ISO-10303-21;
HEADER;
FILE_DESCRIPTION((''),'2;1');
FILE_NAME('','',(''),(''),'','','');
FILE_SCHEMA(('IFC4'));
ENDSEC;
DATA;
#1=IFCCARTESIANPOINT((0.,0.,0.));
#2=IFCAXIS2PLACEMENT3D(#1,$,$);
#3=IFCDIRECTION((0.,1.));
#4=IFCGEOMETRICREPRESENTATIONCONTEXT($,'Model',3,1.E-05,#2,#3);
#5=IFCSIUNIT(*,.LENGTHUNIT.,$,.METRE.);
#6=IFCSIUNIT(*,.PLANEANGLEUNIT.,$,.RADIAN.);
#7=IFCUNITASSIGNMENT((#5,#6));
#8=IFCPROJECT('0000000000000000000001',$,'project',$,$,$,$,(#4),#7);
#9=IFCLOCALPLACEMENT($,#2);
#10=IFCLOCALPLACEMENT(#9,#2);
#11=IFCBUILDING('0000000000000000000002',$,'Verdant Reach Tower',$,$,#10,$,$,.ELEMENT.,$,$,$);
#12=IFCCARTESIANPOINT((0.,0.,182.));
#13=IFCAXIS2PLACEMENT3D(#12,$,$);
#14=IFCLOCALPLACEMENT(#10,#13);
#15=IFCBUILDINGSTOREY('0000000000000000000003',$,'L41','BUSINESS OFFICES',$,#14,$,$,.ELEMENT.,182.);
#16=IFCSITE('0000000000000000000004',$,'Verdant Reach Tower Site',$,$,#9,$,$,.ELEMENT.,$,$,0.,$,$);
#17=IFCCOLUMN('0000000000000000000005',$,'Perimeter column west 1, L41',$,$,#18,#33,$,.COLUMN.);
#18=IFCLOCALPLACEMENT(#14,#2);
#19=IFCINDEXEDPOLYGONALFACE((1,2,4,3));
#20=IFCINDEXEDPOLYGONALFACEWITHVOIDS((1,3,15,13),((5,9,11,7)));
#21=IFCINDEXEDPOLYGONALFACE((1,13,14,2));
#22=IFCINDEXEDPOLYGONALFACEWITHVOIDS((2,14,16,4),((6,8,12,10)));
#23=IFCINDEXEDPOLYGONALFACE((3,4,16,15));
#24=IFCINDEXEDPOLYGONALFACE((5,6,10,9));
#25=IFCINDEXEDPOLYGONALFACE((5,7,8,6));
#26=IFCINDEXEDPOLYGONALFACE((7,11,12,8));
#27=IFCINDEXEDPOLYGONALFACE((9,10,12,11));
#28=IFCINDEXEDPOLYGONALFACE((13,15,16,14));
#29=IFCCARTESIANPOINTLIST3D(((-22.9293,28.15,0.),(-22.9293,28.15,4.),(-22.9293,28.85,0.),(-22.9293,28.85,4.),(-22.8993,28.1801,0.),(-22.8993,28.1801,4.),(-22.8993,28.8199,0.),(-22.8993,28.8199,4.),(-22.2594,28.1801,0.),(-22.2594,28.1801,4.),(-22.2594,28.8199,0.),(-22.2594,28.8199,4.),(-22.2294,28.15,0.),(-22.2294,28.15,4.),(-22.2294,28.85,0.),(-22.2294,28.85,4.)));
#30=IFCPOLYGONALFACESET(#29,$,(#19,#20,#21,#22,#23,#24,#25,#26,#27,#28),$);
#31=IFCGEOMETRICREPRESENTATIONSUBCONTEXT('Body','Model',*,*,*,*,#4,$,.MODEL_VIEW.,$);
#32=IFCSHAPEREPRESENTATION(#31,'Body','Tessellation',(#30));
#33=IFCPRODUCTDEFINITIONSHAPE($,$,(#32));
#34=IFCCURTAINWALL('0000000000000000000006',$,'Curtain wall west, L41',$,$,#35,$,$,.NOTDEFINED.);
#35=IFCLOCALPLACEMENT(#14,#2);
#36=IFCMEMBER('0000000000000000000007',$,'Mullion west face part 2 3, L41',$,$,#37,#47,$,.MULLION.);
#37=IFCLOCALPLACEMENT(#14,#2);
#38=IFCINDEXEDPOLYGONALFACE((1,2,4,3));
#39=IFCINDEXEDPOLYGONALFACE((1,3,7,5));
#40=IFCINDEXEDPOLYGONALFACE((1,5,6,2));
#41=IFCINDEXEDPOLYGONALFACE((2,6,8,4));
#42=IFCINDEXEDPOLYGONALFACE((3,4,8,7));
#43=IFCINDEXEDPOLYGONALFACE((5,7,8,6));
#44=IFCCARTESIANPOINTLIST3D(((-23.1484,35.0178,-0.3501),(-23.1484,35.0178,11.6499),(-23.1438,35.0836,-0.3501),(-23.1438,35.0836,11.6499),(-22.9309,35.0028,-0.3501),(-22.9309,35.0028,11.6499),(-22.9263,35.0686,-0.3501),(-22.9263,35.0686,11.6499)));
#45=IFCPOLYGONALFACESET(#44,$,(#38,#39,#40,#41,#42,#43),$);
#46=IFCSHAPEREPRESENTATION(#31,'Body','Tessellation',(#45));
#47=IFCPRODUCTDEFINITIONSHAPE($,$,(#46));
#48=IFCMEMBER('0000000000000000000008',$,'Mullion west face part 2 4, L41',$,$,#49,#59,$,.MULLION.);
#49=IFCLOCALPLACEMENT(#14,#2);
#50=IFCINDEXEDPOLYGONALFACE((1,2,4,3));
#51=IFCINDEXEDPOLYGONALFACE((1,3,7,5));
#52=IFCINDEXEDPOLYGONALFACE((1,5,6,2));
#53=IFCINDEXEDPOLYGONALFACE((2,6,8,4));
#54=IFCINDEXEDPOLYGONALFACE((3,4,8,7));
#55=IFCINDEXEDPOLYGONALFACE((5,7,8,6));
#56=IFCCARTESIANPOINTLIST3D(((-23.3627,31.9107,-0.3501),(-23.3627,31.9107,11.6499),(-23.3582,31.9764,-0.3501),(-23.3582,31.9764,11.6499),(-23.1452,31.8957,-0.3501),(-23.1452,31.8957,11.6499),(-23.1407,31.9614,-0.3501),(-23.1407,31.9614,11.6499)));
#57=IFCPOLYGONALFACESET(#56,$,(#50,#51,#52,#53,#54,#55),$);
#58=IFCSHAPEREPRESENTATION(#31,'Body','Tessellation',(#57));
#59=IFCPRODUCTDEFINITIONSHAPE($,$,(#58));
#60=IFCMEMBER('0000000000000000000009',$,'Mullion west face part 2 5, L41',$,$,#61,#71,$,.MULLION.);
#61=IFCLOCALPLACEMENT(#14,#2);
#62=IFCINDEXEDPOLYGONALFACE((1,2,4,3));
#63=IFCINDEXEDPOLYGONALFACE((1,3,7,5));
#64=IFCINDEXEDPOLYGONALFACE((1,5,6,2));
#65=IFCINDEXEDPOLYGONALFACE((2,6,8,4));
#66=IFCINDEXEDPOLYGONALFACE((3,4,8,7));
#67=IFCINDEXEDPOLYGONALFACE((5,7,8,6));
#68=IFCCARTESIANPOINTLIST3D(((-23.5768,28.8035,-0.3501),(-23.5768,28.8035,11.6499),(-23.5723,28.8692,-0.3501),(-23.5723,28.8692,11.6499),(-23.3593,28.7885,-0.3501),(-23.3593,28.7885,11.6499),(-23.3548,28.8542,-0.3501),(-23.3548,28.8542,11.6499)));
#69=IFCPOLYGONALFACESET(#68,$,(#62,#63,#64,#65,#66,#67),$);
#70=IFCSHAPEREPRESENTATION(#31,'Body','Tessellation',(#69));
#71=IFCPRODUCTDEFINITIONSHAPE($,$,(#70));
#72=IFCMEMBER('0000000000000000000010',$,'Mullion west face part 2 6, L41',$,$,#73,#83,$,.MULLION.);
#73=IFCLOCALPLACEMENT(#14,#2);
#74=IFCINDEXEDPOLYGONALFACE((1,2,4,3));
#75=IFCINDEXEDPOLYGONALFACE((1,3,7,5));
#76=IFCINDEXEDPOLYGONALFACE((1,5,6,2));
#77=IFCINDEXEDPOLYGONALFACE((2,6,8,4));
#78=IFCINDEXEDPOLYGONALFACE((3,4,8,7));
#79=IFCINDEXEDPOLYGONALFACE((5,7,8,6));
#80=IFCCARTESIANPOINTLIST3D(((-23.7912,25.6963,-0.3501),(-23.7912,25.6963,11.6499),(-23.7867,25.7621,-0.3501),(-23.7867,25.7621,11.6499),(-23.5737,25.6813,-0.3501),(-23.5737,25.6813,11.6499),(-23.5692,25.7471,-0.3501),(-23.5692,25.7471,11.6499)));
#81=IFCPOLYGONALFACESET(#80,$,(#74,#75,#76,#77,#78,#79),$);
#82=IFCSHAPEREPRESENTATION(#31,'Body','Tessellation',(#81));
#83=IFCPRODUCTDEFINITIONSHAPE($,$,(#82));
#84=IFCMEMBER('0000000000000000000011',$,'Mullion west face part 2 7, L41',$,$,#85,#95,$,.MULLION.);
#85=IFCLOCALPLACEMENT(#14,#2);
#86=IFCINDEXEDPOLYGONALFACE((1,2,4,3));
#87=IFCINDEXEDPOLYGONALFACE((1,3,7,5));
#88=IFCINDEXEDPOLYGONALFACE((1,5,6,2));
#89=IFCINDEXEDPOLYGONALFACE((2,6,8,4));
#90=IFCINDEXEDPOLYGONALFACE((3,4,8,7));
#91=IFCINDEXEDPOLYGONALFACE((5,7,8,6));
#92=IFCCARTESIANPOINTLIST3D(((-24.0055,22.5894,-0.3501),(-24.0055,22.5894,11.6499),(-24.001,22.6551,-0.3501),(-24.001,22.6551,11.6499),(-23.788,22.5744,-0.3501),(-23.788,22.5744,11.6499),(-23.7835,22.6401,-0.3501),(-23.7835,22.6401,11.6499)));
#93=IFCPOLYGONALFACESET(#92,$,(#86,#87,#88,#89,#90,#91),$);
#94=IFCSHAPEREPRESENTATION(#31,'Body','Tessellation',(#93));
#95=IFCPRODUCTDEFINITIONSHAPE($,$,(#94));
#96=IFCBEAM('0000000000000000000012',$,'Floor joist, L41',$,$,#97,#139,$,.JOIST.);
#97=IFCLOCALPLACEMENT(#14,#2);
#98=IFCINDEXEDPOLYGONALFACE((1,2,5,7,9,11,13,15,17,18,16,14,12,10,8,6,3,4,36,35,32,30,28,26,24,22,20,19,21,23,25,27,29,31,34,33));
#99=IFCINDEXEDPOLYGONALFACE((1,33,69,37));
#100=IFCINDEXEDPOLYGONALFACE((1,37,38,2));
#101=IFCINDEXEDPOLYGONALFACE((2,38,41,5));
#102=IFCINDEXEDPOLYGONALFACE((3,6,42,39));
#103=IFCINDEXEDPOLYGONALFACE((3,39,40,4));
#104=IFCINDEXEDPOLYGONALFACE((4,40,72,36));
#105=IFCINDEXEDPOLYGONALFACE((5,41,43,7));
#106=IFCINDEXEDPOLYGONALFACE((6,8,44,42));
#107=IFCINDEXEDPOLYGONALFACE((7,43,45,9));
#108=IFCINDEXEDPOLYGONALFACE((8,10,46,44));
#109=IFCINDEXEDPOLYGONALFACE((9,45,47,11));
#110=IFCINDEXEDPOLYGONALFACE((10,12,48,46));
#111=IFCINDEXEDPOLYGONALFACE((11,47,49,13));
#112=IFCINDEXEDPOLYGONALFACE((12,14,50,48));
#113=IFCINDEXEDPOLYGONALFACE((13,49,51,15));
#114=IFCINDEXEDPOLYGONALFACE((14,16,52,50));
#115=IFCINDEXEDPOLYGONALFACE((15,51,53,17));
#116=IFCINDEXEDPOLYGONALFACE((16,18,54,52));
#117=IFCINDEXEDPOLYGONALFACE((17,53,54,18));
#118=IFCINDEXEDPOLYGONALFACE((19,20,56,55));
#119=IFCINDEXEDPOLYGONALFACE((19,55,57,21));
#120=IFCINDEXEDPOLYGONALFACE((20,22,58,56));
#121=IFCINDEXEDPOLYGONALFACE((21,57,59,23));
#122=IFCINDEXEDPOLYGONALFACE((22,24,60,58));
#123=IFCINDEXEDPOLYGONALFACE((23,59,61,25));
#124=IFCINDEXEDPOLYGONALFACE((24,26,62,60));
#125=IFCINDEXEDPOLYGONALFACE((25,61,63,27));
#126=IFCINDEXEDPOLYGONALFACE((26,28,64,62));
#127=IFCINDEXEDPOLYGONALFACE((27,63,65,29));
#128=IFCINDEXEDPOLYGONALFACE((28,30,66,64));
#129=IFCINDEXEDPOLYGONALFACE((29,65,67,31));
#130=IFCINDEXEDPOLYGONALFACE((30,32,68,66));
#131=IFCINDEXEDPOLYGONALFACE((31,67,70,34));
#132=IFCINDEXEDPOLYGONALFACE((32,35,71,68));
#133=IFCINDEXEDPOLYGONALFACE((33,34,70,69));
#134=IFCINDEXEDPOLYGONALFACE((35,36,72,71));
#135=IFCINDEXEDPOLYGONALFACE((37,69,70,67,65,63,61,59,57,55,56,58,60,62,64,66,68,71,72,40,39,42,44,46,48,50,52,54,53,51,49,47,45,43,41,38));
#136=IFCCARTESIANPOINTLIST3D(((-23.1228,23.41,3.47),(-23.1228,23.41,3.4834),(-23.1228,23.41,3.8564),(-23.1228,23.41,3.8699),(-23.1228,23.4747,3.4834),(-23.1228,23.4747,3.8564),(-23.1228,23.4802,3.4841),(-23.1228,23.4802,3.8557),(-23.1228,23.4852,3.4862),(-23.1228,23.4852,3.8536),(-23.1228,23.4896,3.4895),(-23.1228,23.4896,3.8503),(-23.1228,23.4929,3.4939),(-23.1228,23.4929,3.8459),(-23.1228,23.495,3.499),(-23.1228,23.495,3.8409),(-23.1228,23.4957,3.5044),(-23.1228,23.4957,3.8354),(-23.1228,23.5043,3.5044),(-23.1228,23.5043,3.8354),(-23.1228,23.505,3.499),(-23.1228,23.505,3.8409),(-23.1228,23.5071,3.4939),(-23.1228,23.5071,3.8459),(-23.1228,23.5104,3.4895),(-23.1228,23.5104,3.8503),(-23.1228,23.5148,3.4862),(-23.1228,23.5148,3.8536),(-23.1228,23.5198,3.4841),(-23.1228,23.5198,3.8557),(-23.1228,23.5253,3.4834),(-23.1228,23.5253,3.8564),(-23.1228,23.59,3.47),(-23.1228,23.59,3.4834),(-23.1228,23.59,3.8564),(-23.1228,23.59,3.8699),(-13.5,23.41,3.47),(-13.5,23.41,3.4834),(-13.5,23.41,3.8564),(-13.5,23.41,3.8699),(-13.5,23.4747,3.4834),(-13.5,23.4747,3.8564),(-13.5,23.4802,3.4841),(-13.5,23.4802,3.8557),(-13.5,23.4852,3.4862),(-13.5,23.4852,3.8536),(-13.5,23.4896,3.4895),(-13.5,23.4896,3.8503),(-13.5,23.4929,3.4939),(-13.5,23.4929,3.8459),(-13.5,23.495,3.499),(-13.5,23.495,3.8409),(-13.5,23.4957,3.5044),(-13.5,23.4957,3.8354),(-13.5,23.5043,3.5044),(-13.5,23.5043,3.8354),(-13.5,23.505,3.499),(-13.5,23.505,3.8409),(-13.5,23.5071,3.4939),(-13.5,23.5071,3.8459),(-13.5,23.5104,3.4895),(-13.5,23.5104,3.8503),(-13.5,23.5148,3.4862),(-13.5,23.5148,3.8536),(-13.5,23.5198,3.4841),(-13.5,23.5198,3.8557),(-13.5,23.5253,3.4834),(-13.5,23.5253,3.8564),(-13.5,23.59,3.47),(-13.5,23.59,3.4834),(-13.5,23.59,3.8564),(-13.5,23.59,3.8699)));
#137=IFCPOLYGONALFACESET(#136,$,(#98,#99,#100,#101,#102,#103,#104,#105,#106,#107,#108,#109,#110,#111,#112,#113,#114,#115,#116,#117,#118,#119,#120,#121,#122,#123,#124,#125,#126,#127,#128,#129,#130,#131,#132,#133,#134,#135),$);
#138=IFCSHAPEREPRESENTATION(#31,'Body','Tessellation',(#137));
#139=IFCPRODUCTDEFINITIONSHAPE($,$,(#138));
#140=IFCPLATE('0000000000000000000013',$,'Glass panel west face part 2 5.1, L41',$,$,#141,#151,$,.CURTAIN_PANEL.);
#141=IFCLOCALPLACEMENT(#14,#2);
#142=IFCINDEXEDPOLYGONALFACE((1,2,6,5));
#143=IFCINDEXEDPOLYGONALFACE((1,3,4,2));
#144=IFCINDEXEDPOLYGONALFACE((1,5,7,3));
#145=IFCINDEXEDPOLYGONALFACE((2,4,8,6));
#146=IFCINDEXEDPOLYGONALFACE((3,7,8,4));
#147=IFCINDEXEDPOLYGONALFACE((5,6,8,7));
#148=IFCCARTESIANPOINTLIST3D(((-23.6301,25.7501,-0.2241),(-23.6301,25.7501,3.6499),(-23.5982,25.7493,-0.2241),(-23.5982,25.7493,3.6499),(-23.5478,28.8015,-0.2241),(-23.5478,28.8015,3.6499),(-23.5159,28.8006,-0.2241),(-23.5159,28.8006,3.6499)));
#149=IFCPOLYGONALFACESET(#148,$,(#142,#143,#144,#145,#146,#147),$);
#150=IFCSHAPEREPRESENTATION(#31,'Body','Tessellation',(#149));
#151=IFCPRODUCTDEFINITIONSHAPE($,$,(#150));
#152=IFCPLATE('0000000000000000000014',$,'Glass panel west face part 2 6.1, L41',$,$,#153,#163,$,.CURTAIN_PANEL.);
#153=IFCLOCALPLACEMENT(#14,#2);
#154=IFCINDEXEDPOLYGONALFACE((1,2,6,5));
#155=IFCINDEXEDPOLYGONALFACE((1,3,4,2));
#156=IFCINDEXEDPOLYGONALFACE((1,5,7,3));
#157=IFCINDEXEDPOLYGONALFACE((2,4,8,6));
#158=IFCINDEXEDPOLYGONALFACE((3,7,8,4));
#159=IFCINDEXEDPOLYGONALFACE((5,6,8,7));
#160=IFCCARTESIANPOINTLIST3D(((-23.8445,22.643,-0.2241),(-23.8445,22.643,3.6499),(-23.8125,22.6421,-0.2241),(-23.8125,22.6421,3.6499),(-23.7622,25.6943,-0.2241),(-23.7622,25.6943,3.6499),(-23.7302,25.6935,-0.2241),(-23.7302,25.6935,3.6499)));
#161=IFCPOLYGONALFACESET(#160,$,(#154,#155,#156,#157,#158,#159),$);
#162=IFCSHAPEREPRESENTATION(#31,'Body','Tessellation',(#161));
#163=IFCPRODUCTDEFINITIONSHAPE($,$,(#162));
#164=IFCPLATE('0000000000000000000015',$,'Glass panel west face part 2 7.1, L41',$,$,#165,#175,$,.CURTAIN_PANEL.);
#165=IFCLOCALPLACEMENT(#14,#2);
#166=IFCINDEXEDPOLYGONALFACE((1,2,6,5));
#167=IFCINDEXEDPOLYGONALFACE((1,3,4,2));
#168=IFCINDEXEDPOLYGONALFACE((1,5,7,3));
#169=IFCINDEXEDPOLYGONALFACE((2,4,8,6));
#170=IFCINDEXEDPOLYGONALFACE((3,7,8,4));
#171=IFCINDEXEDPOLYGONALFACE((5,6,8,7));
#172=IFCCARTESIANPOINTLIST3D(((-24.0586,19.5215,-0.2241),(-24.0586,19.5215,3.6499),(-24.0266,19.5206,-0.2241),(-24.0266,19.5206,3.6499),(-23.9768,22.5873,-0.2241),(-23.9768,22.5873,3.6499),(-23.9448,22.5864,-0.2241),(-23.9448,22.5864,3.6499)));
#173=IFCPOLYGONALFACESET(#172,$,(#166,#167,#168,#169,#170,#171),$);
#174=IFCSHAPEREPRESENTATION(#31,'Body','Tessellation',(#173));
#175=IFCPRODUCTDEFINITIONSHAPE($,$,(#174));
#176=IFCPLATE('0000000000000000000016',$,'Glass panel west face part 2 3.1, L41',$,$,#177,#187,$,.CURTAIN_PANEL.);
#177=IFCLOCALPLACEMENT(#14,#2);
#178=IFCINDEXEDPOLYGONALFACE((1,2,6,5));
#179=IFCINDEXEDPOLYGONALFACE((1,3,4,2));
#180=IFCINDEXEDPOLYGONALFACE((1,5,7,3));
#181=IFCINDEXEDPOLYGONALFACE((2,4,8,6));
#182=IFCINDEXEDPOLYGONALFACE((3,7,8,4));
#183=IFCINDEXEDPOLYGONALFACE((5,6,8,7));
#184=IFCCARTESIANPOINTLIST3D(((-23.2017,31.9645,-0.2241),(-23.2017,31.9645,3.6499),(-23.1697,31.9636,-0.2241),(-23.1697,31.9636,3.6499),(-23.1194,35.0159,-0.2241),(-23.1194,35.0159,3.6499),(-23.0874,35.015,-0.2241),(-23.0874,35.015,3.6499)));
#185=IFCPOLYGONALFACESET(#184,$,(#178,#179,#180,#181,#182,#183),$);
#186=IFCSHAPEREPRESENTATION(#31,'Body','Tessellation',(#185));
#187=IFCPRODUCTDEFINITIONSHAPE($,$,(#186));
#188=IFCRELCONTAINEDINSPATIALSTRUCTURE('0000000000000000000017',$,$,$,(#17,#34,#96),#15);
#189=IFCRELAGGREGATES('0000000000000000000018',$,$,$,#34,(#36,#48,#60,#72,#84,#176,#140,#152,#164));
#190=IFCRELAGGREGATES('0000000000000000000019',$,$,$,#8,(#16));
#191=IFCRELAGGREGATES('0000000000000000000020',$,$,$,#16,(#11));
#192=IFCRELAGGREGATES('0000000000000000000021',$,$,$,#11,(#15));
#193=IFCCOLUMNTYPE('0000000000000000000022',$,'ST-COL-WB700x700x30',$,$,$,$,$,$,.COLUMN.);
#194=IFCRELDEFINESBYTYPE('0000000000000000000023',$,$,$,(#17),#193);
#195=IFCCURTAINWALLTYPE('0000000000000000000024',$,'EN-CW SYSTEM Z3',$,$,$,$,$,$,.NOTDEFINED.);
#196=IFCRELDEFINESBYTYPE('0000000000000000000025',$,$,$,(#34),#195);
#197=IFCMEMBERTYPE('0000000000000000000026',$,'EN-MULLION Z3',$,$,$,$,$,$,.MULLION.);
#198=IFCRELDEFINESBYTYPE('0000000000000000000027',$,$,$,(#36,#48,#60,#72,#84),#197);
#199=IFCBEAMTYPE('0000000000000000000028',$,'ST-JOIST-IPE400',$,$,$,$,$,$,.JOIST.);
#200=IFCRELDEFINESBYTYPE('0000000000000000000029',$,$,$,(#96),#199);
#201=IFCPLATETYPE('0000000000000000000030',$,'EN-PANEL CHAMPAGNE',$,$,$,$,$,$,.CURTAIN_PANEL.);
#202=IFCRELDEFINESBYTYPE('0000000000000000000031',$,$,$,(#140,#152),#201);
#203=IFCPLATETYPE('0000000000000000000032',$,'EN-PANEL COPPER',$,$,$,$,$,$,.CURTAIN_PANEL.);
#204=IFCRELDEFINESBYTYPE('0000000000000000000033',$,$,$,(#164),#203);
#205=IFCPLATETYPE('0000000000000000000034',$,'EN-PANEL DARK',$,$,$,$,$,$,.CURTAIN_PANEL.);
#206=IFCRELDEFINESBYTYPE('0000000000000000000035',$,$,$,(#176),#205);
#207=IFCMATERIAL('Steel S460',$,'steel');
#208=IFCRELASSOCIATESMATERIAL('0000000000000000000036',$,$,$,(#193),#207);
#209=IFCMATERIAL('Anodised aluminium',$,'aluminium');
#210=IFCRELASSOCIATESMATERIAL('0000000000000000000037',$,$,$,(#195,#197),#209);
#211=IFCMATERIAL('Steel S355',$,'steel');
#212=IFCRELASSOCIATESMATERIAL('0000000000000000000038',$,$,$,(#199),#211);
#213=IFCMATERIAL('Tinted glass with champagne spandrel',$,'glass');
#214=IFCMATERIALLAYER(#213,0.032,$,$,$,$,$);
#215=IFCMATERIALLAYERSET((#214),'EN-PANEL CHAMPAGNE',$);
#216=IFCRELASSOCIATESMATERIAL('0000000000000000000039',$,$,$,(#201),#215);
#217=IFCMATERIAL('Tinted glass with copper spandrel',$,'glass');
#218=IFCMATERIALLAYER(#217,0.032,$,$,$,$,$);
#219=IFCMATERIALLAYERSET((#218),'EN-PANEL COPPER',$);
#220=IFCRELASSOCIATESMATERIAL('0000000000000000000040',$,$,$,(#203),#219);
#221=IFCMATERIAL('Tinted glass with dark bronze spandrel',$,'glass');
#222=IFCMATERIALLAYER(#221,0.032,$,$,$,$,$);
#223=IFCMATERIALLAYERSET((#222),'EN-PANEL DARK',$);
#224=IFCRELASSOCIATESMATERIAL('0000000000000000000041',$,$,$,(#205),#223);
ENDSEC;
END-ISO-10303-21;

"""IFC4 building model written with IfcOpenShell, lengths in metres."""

from ifc_helpers import new_model, si_unit, direction, frame, origin, origin_2d, place, context, subcontext, project, spatial, rectangle, hollow_rectangle, i_section, extrude, material, layer, layer_set, material_profile, profile_set, type_object, element, aggregate, save


model = new_model("IFC4")

# Units and contexts
model_context = context("Model", 3, precision=1e-05, world=origin(), true_north=direction((0.0, 1.0)))
body_context = subcontext(model_context, "Body", "Model", "MODEL_VIEW")
ifc_project = project(units=[si_unit("LENGTHUNIT", "METRE"), si_unit("PLANEANGLEUNIT", "RADIAN")], contexts=[model_context])

# Site, building, storey
site_placement = place(None, origin())
site = spatial("IfcSite", under=ifc_project, at=site_placement, Name="Verdant Reach Tower Site", CompositionType="ELEMENT", RefElevation=0.0)
building_placement = place(site_placement, origin())
building = spatial("IfcBuilding", under=site, at=building_placement, Name="Verdant Reach Tower", CompositionType="ELEMENT")
storey_placement = place(building_placement, frame((0.0, 0.0, 182.0)))
storey = spatial("IfcBuildingStorey", under=building, at=storey_placement, Name="L41", Description="BUSINESS OFFICES", CompositionType="ELEMENT", Elevation=182.0)

# Column
ifc_material_1 = material(Name="Steel S460", Category="steel")
ifc_material_profile_1 = material_profile(ifc_material_1, hollow_rectangle(XDim=0.7, YDim=0.7, WallThickness=0.03, at=origin_2d()), Name="WB 700x700x30")
ifc_profile_set_1 = profile_set([ifc_material_profile_1], Name="Steel S460")
column_type = type_object("IfcColumnType", Name="ST-COL-WB700x700x30", PredefinedType="COLUMN", material=ifc_profile_set_1)
column_placement = place(storey_placement, frame((-22.5793, 28.5, 0.0), z_axis=(0.0, 0.0, 1.0), x_axis=(1.0, 0.0, 0.0)))
element("IfcColumn", 1, at=column_placement, inside=storey, type_object=column_type, Name="Perimeter column west 1, L41", PredefinedType="COLUMN", context=body_context, shape_type="SweptSolid", body=[
    extrude(hollow_rectangle(XDim=0.7, YDim=0.7, WallThickness=0.03, at=origin_2d()), origin(), (0.0, 0.0, 1.0), 4.0),
])

# Curtain wall, members
ifc_material_2 = material(Name="Anodised aluminium", Category="aluminium")
curtain_wall_type = type_object("IfcCurtainWallType", Name="EN-CW SYSTEM Z3", PredefinedType="NOTDEFINED", material=ifc_material_2)
curtain_wall_placement = place(storey_placement, origin())
curtain_wall = element("IfcCurtainWall", 2, at=curtain_wall_placement, inside=storey, type_object=curtain_wall_type, Name="Curtain wall west, L41", PredefinedType="NOTDEFINED")
ifc_material_profile_2 = material_profile(ifc_material_2, rectangle(XDim=0.218, YDim=0.0659, at=origin_2d()), Name="Mullion 66x218")
ifc_profile_set_2 = profile_set([ifc_material_profile_2], Name="Anodised aluminium")
member_type = type_object("IfcMemberType", Name="EN-MULLION Z3", PredefinedType="MULLION", material=ifc_profile_set_2)
member_1_placement = place(storey_placement, frame((-23.0374, 35.0432, -0.3501), z_axis=(0.0, 0.0, 1.0), x_axis=(-0.99763, 0.068802, 0.0)))
member_1 = element("IfcMember", 3, at=member_1_placement, type_object=member_type, Name="Mullion west face part 2 3, L41", PredefinedType="MULLION", context=body_context, shape_type="SweptSolid", body=[
    extrude(rectangle(XDim=0.218, YDim=0.0659, at=origin_2d()), origin(), (0.0, 0.0, 1.0), 12.0),
])
member_2_placement = place(storey_placement, frame((-23.2517, 31.936, -0.3501), z_axis=(0.0, 0.0, 1.0), x_axis=(-0.99763, 0.068802, 0.0)))
member_2 = element("IfcMember", 4, at=member_2_placement, type_object=member_type, Name="Mullion west face part 2 4, L41", PredefinedType="MULLION", context=body_context, shape_type="SweptSolid", body=[
    extrude(rectangle(XDim=0.218, YDim=0.0659, at=origin_2d()), origin(), (0.0, 0.0, 1.0), 12.0),
])
member_3_placement = place(storey_placement, frame((-23.4658, 28.8289, -0.3501), z_axis=(0.0, 0.0, 1.0), x_axis=(-0.99763, 0.068802, 0.0)))
member_3 = element("IfcMember", 5, at=member_3_placement, type_object=member_type, Name="Mullion west face part 2 5, L41", PredefinedType="MULLION", context=body_context, shape_type="SweptSolid", body=[
    extrude(rectangle(XDim=0.218, YDim=0.0659, at=origin_2d()), origin(), (0.0, 0.0, 1.0), 12.0),
])
member_4_placement = place(storey_placement, frame((-23.6802, 25.7217, -0.3501), z_axis=(0.0, 0.0, 1.0), x_axis=(-0.99763, 0.068802, 0.0)))
member_4 = element("IfcMember", 6, at=member_4_placement, type_object=member_type, Name="Mullion west face part 2 6, L41", PredefinedType="MULLION", context=body_context, shape_type="SweptSolid", body=[
    extrude(rectangle(XDim=0.218, YDim=0.0659, at=origin_2d()), origin(), (0.0, 0.0, 1.0), 12.0),
])
member_5_placement = place(storey_placement, frame((-23.8945, 22.6147, -0.3501), z_axis=(0.0, 0.0, 1.0), x_axis=(-0.99763, 0.068802, 0.0)))
member_5 = element("IfcMember", 7, at=member_5_placement, type_object=member_type, Name="Mullion west face part 2 7, L41", PredefinedType="MULLION", context=body_context, shape_type="SweptSolid", body=[
    extrude(rectangle(XDim=0.218, YDim=0.0659, at=origin_2d()), origin(), (0.0, 0.0, 1.0), 12.0),
])

# Beam
ifc_material_3 = material(Name="Steel S355", Category="steel")
ifc_material_profile_3 = material_profile(ifc_material_3, i_section(OverallWidth=0.1799, OverallDepth=0.3999, WebThickness=0.0085, FlangeThickness=0.0134, FilletRadius=0.021, at=origin_2d()), Name="IPE 400")
ifc_profile_set_3 = profile_set([ifc_material_profile_3], Name="Steel S355")
beam_type = type_object("IfcBeamType", Name="ST-JOIST-IPE400", PredefinedType="JOIST", material=ifc_profile_set_3)
beam_placement = place(storey_placement, frame((-13.5, 23.5, 3.6699), z_axis=(-1.0, 0.0, 0.0), x_axis=(0.0, -1.0, 0.0)))
element("IfcBeam", 8, at=beam_placement, inside=storey, type_object=beam_type, Name="Floor joist, L41", PredefinedType="JOIST", context=body_context, shape_type="SweptSolid", body=[
    extrude(i_section(OverallWidth=0.1799, OverallDepth=0.3999, WebThickness=0.0085, FlangeThickness=0.0134, FilletRadius=0.021, at=origin_2d()), origin(), (0.0, 0.0, 1.0), 9.6228),
])

# Plates
ifc_material_4 = material(Name="Tinted glass with champagne spandrel", Category="glass")
ifc_layer_1 = layer(ifc_material_4, 0.032)
ifc_layer_set_1 = layer_set([ifc_layer_1], Name="EN-PANEL CHAMPAGNE")
plate_type_1 = type_object("IfcPlateType", Name="EN-PANEL CHAMPAGNE", PredefinedType="CURTAIN_PANEL", material=ifc_layer_set_1)
plate_1_placement = place(storey_placement, frame((-23.573, 27.2754, -0.2241), z_axis=(0.0, 0.0, 1.0), x_axis=(-0.026965, -0.999636, 0.0)))
plate_1 = element("IfcPlate", 9, at=plate_1_placement, type_object=plate_type_1, Name="Glass panel west face part 2 5.1, L41", PredefinedType="CURTAIN_PANEL", context=body_context, shape_type="SweptSolid", body=[
    extrude(rectangle(XDim=3.0525, YDim=0.032, at=origin_2d()), origin(), (0.0, 0.0, 1.0), 3.874),
])
plate_2_placement = place(storey_placement, frame((-23.7874, 24.1682, -0.2241), z_axis=(0.0, 0.0, 1.0), x_axis=(-0.026965, -0.999636, 0.0)))
plate_2 = element("IfcPlate", 10, at=plate_2_placement, type_object=plate_type_1, Name="Glass panel west face part 2 6.1, L41", PredefinedType="CURTAIN_PANEL", context=body_context, shape_type="SweptSolid", body=[
    extrude(rectangle(XDim=3.0525, YDim=0.032, at=origin_2d()), origin(), (0.0, 0.0, 1.0), 3.874),
])
ifc_material_5 = material(Name="Tinted glass with copper spandrel", Category="glass")
ifc_layer_2 = layer(ifc_material_5, 0.032)
ifc_layer_set_2 = layer_set([ifc_layer_2], Name="EN-PANEL COPPER")
plate_type_2 = type_object("IfcPlateType", Name="EN-PANEL COPPER", PredefinedType="CURTAIN_PANEL", material=ifc_layer_set_2)
plate_3_placement = place(storey_placement, frame((-24.0017, 21.054, -0.2241), z_axis=(0.0, 0.0, 1.0), x_axis=(-0.02666, -0.999645, 0.0)))
plate_3 = element("IfcPlate", 11, at=plate_3_placement, type_object=plate_type_2, Name="Glass panel west face part 2 7.1, L41", PredefinedType="CURTAIN_PANEL", context=body_context, shape_type="SweptSolid", body=[
    extrude(rectangle(XDim=3.0669, YDim=0.032, at=origin_2d()), origin(), (0.0, 0.0, 1.0), 3.874),
])
ifc_material_6 = material(Name="Tinted glass with dark bronze spandrel", Category="glass")
ifc_layer_3 = layer(ifc_material_6, 0.032)
ifc_layer_set_3 = layer_set([ifc_layer_3], Name="EN-PANEL DARK")
plate_type_3 = type_object("IfcPlateType", Name="EN-PANEL DARK", PredefinedType="CURTAIN_PANEL", material=ifc_layer_set_3)
plate_4_placement = place(storey_placement, frame((-23.1445, 33.4897, -0.2241), z_axis=(0.0, 0.0, 1.0), x_axis=(-0.026965, -0.999636, 0.0)))
plate_4 = element("IfcPlate", 12, at=plate_4_placement, type_object=plate_type_3, Name="Glass panel west face part 2 3.1, L41", PredefinedType="CURTAIN_PANEL", context=body_context, shape_type="SweptSolid", body=[
    extrude(rectangle(XDim=3.0525, YDim=0.032, at=origin_2d()), origin(), (0.0, 0.0, 1.0), 3.874),
])
aggregate(curtain_wall, [member_1, member_2, member_3, member_4, member_5, plate_4, plate_1, plate_2, plate_3])

save(model, "model.ifc")
